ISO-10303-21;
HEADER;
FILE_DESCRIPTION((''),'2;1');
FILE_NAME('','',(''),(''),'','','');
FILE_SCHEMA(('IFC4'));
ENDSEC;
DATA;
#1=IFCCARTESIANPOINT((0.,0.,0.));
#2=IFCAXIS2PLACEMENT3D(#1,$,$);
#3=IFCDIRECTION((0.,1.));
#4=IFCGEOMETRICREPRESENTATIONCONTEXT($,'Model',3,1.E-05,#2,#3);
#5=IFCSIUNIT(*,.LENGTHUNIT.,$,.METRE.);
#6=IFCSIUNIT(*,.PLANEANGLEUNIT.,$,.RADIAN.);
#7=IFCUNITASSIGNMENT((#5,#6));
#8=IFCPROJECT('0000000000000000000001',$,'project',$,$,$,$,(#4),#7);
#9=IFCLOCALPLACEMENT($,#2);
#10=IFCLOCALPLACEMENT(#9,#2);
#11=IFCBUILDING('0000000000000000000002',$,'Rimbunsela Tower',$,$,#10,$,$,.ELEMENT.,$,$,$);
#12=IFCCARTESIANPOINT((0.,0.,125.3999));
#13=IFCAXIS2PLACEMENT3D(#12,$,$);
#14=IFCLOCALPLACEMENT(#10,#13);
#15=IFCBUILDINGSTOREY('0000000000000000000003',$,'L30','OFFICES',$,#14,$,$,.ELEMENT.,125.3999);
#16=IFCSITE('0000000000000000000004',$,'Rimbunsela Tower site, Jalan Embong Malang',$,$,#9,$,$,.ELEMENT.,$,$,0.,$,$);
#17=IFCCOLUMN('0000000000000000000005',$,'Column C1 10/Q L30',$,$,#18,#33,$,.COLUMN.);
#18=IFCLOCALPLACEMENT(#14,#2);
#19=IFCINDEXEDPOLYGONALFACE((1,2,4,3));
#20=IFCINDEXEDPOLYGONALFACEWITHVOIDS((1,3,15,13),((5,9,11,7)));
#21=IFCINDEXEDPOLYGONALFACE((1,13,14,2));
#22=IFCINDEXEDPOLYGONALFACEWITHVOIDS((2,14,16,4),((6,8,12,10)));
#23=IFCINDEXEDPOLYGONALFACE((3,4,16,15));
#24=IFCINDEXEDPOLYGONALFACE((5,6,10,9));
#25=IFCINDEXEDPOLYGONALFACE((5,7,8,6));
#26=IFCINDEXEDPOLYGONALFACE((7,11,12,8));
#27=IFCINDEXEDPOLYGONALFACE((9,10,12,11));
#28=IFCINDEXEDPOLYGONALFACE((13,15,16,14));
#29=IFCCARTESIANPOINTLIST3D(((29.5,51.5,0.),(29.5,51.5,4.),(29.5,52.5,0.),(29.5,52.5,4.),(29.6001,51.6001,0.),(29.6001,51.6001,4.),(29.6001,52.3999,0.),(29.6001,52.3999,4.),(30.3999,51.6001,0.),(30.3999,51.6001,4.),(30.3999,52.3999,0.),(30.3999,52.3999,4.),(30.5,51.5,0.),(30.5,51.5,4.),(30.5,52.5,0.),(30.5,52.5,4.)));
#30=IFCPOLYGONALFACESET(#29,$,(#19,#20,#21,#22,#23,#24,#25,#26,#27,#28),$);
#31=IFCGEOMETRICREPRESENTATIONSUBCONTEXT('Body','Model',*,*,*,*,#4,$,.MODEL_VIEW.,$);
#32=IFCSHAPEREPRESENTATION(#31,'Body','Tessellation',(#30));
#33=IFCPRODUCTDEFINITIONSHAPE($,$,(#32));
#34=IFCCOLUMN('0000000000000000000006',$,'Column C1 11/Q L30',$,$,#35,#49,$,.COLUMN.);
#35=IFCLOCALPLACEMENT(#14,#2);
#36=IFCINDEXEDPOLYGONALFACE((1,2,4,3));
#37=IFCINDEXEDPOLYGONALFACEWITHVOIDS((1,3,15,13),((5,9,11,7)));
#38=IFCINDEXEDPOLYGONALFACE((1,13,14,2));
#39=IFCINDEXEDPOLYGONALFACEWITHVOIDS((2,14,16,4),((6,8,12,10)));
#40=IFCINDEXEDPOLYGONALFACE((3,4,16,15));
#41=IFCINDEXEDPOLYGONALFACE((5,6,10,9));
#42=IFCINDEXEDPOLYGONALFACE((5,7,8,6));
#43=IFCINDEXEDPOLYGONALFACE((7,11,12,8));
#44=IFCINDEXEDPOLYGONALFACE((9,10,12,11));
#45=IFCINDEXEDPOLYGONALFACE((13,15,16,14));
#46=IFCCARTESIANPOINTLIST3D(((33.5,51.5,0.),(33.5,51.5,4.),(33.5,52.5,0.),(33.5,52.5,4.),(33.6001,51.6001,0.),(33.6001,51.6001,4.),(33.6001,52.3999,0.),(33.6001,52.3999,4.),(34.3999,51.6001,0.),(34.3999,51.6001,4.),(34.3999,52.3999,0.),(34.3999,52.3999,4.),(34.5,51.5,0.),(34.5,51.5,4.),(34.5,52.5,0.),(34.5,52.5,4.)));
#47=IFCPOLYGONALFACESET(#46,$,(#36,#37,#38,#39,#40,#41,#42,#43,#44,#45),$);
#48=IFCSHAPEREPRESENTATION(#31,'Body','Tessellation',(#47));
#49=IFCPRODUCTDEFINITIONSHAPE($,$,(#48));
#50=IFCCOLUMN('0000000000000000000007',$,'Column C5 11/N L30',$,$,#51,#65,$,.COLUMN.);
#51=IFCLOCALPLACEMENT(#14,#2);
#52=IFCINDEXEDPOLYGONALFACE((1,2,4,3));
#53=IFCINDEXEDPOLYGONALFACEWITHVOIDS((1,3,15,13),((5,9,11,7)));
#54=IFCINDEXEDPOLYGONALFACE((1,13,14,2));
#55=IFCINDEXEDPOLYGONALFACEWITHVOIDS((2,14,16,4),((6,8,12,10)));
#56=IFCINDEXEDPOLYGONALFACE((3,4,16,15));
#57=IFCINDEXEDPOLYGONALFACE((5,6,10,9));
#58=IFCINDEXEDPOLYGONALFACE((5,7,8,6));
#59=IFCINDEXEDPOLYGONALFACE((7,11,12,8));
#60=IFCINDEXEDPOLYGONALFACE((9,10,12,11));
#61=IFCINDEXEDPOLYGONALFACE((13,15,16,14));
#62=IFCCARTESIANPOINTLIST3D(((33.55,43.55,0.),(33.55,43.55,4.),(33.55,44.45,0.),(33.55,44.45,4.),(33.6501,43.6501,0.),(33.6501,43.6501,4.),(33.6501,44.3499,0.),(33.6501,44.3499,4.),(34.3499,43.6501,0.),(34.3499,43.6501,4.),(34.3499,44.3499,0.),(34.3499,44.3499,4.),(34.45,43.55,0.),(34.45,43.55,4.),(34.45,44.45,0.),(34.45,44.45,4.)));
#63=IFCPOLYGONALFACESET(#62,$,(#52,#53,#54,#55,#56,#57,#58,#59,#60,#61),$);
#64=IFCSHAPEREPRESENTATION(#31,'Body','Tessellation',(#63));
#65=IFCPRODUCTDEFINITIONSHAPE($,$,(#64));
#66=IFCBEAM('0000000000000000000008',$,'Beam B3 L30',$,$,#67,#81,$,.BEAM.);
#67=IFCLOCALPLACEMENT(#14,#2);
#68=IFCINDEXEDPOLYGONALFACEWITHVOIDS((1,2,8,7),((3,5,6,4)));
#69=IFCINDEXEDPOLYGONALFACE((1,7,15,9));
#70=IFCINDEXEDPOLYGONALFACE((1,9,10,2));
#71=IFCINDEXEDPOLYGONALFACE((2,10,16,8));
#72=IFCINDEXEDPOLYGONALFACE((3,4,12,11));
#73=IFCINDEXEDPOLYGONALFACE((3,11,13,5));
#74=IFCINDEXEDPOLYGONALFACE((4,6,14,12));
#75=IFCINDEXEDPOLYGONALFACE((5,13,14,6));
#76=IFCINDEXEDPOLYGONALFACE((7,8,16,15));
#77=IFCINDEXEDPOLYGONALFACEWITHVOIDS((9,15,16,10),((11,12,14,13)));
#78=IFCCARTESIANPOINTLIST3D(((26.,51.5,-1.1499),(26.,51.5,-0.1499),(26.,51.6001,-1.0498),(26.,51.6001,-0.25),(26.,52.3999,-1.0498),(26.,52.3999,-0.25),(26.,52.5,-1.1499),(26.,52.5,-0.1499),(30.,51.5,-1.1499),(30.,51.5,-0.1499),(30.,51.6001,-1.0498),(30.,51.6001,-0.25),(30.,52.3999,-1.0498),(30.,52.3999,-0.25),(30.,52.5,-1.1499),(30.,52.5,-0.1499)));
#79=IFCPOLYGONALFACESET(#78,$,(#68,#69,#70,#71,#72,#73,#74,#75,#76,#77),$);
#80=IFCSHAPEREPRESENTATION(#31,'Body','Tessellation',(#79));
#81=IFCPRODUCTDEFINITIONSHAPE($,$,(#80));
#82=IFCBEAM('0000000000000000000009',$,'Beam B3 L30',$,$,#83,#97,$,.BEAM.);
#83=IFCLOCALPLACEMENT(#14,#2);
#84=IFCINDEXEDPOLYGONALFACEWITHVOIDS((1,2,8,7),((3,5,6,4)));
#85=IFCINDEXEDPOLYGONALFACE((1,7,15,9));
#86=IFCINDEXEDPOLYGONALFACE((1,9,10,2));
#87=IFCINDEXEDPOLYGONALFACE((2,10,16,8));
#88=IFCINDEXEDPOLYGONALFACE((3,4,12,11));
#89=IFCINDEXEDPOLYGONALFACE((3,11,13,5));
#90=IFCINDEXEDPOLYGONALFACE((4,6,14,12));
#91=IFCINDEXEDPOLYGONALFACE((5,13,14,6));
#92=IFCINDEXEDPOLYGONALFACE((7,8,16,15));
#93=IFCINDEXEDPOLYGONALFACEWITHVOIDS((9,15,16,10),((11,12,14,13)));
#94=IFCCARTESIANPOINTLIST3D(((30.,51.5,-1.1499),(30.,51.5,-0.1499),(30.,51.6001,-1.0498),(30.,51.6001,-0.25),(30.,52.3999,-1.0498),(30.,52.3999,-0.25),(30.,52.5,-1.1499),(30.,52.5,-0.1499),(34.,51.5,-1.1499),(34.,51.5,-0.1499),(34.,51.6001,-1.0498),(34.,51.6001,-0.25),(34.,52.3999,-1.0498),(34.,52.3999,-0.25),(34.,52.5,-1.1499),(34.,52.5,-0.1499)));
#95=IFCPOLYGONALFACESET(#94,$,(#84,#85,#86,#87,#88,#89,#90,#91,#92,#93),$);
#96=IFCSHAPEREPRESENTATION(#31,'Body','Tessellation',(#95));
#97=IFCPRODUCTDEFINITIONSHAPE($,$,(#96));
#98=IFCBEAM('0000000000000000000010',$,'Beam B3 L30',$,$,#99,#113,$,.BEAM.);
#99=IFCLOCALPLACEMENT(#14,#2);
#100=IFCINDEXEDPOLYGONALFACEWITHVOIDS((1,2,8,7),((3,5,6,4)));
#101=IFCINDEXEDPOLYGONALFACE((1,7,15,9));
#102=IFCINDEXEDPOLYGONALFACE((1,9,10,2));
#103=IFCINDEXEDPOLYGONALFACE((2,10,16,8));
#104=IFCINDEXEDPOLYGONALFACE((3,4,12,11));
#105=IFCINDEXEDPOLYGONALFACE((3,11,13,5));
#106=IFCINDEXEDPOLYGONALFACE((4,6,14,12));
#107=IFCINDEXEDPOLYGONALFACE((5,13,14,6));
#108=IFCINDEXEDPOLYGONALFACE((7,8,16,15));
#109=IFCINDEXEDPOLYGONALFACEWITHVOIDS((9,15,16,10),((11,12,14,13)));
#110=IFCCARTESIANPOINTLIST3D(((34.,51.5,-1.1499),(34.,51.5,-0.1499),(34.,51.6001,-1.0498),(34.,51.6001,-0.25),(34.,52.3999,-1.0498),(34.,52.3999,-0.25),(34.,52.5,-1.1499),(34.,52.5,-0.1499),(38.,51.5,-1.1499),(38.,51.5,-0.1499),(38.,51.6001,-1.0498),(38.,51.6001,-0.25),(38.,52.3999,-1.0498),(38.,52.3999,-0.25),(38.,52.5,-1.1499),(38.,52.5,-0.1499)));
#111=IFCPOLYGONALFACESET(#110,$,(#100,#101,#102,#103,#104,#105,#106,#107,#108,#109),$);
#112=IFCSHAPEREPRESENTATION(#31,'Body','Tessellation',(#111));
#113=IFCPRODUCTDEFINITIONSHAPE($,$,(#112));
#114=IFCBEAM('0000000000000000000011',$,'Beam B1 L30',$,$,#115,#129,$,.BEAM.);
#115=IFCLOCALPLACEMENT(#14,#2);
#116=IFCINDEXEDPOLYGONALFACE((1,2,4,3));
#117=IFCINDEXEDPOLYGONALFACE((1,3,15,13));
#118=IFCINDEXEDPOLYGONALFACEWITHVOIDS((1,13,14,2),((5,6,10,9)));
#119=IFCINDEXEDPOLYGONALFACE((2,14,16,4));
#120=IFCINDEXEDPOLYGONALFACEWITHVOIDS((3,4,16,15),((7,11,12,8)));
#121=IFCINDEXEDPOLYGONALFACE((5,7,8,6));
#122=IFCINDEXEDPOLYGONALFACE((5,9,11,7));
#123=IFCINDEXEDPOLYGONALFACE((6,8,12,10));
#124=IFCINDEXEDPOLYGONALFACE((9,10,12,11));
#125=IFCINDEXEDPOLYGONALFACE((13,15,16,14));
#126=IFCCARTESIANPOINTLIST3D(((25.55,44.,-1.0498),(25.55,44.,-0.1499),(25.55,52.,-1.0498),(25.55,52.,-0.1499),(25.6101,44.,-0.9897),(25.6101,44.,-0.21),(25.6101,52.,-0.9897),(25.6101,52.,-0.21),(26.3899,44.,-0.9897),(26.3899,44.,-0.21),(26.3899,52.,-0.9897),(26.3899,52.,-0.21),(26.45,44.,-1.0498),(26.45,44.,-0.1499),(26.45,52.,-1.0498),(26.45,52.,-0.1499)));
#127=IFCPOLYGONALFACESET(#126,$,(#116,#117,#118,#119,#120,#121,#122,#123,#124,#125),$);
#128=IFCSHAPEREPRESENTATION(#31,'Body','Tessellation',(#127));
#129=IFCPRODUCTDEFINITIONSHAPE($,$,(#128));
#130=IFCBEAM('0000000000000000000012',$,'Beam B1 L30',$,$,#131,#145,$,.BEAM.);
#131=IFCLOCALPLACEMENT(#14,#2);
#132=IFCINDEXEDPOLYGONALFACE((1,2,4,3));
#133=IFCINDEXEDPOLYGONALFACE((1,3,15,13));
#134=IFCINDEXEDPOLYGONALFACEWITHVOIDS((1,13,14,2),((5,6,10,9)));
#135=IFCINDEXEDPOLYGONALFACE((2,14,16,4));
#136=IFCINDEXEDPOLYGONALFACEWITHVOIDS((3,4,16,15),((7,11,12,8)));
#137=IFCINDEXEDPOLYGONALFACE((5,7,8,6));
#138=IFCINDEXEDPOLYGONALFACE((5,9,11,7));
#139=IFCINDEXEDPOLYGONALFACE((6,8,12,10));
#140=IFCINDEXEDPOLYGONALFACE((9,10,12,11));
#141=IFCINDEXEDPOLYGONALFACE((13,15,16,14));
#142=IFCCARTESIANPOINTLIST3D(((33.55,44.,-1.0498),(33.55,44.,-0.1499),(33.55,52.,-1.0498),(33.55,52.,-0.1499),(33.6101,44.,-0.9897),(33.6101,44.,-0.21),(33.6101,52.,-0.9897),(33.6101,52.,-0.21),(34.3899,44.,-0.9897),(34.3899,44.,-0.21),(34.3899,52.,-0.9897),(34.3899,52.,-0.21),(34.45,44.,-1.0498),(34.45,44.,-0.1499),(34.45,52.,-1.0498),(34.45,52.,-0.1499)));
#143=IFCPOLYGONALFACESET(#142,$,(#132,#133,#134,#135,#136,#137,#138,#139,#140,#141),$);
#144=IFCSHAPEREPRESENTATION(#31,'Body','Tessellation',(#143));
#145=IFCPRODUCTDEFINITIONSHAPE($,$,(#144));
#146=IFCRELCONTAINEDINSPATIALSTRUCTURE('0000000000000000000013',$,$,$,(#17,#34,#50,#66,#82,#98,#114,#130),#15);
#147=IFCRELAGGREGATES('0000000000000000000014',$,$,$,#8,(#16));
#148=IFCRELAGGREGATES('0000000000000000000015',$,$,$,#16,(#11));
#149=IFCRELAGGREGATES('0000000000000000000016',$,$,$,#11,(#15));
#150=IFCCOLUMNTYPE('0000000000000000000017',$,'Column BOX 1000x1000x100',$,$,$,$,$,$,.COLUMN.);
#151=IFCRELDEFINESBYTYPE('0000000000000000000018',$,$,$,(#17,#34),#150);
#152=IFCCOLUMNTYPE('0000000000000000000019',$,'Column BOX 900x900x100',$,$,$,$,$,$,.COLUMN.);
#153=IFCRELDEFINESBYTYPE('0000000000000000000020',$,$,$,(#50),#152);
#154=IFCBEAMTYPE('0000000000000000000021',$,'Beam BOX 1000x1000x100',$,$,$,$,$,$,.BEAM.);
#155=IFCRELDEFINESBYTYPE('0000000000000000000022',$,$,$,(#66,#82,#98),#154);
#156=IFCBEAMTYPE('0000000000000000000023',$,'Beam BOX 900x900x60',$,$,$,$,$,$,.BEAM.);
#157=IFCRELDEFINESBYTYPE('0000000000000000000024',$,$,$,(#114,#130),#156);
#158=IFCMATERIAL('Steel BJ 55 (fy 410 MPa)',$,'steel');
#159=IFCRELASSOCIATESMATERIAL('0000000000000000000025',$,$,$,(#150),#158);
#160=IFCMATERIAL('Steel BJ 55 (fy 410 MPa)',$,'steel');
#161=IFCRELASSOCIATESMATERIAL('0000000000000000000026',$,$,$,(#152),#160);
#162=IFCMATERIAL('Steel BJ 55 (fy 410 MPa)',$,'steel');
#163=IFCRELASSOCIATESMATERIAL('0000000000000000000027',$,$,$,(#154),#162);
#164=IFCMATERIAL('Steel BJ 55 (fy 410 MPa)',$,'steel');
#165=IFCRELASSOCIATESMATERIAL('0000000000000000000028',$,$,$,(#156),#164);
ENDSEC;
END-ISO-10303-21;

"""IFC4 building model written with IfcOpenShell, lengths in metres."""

from ifc_helpers import new_model, si_unit, direction, frame, origin, origin_2d, place, context, subcontext, project, spatial, hollow_rectangle, extrude, material, material_profile, profile_set, type_object, element, save


model = new_model("IFC4")

# Units and contexts
model_context = context("Model", 3, precision=1e-05, world=origin(), true_north=direction((0.0, 1.0)))
body_context = subcontext(model_context, "Body", "Model", "MODEL_VIEW")
ifc_project = project(units=[si_unit("LENGTHUNIT", "METRE"), si_unit("PLANEANGLEUNIT", "RADIAN")], contexts=[model_context])

# Site, building, storey
site_placement = place(None, origin())
site = spatial("IfcSite", under=ifc_project, at=site_placement, Name="Rimbunsela Tower site, Jalan Embong Malang", CompositionType="ELEMENT", RefElevation=0.0)
building_placement = place(site_placement, origin())
building = spatial("IfcBuilding", under=site, at=building_placement, Name="Rimbunsela Tower", CompositionType="ELEMENT")
storey_placement = place(building_placement, frame((0.0, 0.0, 125.3999)))
storey = spatial("IfcBuildingStorey", under=building, at=storey_placement, Name="L30", Description="OFFICES", CompositionType="ELEMENT", Elevation=125.3999)

# Columns
ifc_material_1 = material(Name="Steel BJ 55 (fy 410 MPa)", Category="steel")
ifc_material_profile_1 = material_profile(ifc_material_1, hollow_rectangle(XDim=1.0, YDim=1.0, WallThickness=0.1001, at=origin_2d()), Name="BOX 1000x1000x100")
ifc_profile_set_1 = profile_set([ifc_material_profile_1], Name="Steel BJ 55 (fy 410 MPa)")
column_type_1 = type_object("IfcColumnType", Name="Column BOX 1000x1000x100", PredefinedType="COLUMN", material=ifc_profile_set_1)
for number, where, z_axis, x_axis, name in (
    (1, (30.0, 52.0, 0.0), (0.0, 0.0, 1.0), (1.0, 0.0, 0.0), "Column C1 10/Q L30"),
    (2, (34.0, 52.0, 0.0), (0.0, 0.0, 1.0), (1.0, 0.0, 0.0), "Column C1 11/Q L30"),
):
    element("IfcColumn", number, at=place(storey_placement, frame(where, z_axis=z_axis, x_axis=x_axis)), inside=storey, type_object=column_type_1, Name=name, PredefinedType="COLUMN", context=body_context, shape_type="SweptSolid", body=[
        extrude(hollow_rectangle(XDim=1.0, YDim=1.0, WallThickness=0.1001, at=origin_2d()), origin(), (0.0, 0.0, 1.0), 4.0),
    ])
ifc_material_2 = material(Name="Steel BJ 55 (fy 410 MPa)", Category="steel")
ifc_material_profile_2 = material_profile(ifc_material_2, hollow_rectangle(XDim=0.8999, YDim=0.8999, WallThickness=0.1001, at=origin_2d()), Name="BOX 900x900x100")
ifc_profile_set_2 = profile_set([ifc_material_profile_2], Name="Steel BJ 55 (fy 410 MPa)")
column_type_2 = type_object("IfcColumnType", Name="Column BOX 900x900x100", PredefinedType="COLUMN", material=ifc_profile_set_2)
column_placement = place(storey_placement, frame((34.0, 44.0, 0.0), z_axis=(0.0, 0.0, 1.0), x_axis=(1.0, 0.0, 0.0)))
element("IfcColumn", 3, at=column_placement, inside=storey, type_object=column_type_2, Name="Column C5 11/N L30", PredefinedType="COLUMN", context=body_context, shape_type="SweptSolid", body=[
    extrude(hollow_rectangle(XDim=0.8999, YDim=0.8999, WallThickness=0.1001, at=origin_2d()), origin(), (0.0, 0.0, 1.0), 4.0),
])

# Beams
ifc_material_3 = material(Name="Steel BJ 55 (fy 410 MPa)", Category="steel")
ifc_material_profile_3 = material_profile(ifc_material_3, hollow_rectangle(XDim=1.0, YDim=1.0, WallThickness=0.1001, at=origin_2d()), Name="BOX 1000x1000x100")
ifc_profile_set_3 = profile_set([ifc_material_profile_3], Name="Steel BJ 55 (fy 410 MPa)")
beam_type_1 = type_object("IfcBeamType", Name="Beam BOX 1000x1000x100", PredefinedType="BEAM", material=ifc_profile_set_3)
for number, where, z_axis, x_axis, name in (
    (4, (26.0, 52.0, -0.6499), (1.0, 0.0, 0.0), (0.0, 1.0, 0.0), "Beam B3 L30"),
    (5, (30.0, 52.0, -0.6499), (1.0, 0.0, 0.0), (0.0, 1.0, 0.0), "Beam B3 L30"),
    (6, (34.0, 52.0, -0.6499), (1.0, 0.0, 0.0), (0.0, 1.0, 0.0), "Beam B3 L30"),
):
    element("IfcBeam", number, at=place(storey_placement, frame(where, z_axis=z_axis, x_axis=x_axis)), inside=storey, type_object=beam_type_1, Name=name, PredefinedType="BEAM", context=body_context, shape_type="SweptSolid", body=[
        extrude(hollow_rectangle(XDim=1.0, YDim=1.0, WallThickness=0.1001, at=origin_2d()), origin(), (0.0, 0.0, 1.0), 4.0),
    ])
ifc_material_4 = material(Name="Steel BJ 55 (fy 410 MPa)", Category="steel")
ifc_material_profile_4 = material_profile(ifc_material_4, hollow_rectangle(XDim=0.8999, YDim=0.8999, WallThickness=0.0601, at=origin_2d()), Name="BOX 900x900x60")
ifc_profile_set_4 = profile_set([ifc_material_profile_4], Name="Steel BJ 55 (fy 410 MPa)")
beam_type_2 = type_object("IfcBeamType", Name="Beam BOX 900x900x60", PredefinedType="BEAM", material=ifc_profile_set_4)
for number, where, z_axis, x_axis, name in (
    (7, (26.0, 44.0, -0.5999), (0.0, 1.0, 0.0), (-1.0, 0.0, 0.0), "Beam B1 L30"),
    (8, (34.0, 44.0, -0.5999), (0.0, 1.0, 0.0), (-1.0, 0.0, 0.0), "Beam B1 L30"),
):
    element("IfcBeam", number, at=place(storey_placement, frame(where, z_axis=z_axis, x_axis=x_axis)), inside=storey, type_object=beam_type_2, Name=name, PredefinedType="BEAM", context=body_context, shape_type="SweptSolid", body=[
        extrude(hollow_rectangle(XDim=0.8999, YDim=0.8999, WallThickness=0.0601, at=origin_2d()), origin(), (0.0, 0.0, 1.0), 8.0),
    ])

save(model, "model.ifc")
